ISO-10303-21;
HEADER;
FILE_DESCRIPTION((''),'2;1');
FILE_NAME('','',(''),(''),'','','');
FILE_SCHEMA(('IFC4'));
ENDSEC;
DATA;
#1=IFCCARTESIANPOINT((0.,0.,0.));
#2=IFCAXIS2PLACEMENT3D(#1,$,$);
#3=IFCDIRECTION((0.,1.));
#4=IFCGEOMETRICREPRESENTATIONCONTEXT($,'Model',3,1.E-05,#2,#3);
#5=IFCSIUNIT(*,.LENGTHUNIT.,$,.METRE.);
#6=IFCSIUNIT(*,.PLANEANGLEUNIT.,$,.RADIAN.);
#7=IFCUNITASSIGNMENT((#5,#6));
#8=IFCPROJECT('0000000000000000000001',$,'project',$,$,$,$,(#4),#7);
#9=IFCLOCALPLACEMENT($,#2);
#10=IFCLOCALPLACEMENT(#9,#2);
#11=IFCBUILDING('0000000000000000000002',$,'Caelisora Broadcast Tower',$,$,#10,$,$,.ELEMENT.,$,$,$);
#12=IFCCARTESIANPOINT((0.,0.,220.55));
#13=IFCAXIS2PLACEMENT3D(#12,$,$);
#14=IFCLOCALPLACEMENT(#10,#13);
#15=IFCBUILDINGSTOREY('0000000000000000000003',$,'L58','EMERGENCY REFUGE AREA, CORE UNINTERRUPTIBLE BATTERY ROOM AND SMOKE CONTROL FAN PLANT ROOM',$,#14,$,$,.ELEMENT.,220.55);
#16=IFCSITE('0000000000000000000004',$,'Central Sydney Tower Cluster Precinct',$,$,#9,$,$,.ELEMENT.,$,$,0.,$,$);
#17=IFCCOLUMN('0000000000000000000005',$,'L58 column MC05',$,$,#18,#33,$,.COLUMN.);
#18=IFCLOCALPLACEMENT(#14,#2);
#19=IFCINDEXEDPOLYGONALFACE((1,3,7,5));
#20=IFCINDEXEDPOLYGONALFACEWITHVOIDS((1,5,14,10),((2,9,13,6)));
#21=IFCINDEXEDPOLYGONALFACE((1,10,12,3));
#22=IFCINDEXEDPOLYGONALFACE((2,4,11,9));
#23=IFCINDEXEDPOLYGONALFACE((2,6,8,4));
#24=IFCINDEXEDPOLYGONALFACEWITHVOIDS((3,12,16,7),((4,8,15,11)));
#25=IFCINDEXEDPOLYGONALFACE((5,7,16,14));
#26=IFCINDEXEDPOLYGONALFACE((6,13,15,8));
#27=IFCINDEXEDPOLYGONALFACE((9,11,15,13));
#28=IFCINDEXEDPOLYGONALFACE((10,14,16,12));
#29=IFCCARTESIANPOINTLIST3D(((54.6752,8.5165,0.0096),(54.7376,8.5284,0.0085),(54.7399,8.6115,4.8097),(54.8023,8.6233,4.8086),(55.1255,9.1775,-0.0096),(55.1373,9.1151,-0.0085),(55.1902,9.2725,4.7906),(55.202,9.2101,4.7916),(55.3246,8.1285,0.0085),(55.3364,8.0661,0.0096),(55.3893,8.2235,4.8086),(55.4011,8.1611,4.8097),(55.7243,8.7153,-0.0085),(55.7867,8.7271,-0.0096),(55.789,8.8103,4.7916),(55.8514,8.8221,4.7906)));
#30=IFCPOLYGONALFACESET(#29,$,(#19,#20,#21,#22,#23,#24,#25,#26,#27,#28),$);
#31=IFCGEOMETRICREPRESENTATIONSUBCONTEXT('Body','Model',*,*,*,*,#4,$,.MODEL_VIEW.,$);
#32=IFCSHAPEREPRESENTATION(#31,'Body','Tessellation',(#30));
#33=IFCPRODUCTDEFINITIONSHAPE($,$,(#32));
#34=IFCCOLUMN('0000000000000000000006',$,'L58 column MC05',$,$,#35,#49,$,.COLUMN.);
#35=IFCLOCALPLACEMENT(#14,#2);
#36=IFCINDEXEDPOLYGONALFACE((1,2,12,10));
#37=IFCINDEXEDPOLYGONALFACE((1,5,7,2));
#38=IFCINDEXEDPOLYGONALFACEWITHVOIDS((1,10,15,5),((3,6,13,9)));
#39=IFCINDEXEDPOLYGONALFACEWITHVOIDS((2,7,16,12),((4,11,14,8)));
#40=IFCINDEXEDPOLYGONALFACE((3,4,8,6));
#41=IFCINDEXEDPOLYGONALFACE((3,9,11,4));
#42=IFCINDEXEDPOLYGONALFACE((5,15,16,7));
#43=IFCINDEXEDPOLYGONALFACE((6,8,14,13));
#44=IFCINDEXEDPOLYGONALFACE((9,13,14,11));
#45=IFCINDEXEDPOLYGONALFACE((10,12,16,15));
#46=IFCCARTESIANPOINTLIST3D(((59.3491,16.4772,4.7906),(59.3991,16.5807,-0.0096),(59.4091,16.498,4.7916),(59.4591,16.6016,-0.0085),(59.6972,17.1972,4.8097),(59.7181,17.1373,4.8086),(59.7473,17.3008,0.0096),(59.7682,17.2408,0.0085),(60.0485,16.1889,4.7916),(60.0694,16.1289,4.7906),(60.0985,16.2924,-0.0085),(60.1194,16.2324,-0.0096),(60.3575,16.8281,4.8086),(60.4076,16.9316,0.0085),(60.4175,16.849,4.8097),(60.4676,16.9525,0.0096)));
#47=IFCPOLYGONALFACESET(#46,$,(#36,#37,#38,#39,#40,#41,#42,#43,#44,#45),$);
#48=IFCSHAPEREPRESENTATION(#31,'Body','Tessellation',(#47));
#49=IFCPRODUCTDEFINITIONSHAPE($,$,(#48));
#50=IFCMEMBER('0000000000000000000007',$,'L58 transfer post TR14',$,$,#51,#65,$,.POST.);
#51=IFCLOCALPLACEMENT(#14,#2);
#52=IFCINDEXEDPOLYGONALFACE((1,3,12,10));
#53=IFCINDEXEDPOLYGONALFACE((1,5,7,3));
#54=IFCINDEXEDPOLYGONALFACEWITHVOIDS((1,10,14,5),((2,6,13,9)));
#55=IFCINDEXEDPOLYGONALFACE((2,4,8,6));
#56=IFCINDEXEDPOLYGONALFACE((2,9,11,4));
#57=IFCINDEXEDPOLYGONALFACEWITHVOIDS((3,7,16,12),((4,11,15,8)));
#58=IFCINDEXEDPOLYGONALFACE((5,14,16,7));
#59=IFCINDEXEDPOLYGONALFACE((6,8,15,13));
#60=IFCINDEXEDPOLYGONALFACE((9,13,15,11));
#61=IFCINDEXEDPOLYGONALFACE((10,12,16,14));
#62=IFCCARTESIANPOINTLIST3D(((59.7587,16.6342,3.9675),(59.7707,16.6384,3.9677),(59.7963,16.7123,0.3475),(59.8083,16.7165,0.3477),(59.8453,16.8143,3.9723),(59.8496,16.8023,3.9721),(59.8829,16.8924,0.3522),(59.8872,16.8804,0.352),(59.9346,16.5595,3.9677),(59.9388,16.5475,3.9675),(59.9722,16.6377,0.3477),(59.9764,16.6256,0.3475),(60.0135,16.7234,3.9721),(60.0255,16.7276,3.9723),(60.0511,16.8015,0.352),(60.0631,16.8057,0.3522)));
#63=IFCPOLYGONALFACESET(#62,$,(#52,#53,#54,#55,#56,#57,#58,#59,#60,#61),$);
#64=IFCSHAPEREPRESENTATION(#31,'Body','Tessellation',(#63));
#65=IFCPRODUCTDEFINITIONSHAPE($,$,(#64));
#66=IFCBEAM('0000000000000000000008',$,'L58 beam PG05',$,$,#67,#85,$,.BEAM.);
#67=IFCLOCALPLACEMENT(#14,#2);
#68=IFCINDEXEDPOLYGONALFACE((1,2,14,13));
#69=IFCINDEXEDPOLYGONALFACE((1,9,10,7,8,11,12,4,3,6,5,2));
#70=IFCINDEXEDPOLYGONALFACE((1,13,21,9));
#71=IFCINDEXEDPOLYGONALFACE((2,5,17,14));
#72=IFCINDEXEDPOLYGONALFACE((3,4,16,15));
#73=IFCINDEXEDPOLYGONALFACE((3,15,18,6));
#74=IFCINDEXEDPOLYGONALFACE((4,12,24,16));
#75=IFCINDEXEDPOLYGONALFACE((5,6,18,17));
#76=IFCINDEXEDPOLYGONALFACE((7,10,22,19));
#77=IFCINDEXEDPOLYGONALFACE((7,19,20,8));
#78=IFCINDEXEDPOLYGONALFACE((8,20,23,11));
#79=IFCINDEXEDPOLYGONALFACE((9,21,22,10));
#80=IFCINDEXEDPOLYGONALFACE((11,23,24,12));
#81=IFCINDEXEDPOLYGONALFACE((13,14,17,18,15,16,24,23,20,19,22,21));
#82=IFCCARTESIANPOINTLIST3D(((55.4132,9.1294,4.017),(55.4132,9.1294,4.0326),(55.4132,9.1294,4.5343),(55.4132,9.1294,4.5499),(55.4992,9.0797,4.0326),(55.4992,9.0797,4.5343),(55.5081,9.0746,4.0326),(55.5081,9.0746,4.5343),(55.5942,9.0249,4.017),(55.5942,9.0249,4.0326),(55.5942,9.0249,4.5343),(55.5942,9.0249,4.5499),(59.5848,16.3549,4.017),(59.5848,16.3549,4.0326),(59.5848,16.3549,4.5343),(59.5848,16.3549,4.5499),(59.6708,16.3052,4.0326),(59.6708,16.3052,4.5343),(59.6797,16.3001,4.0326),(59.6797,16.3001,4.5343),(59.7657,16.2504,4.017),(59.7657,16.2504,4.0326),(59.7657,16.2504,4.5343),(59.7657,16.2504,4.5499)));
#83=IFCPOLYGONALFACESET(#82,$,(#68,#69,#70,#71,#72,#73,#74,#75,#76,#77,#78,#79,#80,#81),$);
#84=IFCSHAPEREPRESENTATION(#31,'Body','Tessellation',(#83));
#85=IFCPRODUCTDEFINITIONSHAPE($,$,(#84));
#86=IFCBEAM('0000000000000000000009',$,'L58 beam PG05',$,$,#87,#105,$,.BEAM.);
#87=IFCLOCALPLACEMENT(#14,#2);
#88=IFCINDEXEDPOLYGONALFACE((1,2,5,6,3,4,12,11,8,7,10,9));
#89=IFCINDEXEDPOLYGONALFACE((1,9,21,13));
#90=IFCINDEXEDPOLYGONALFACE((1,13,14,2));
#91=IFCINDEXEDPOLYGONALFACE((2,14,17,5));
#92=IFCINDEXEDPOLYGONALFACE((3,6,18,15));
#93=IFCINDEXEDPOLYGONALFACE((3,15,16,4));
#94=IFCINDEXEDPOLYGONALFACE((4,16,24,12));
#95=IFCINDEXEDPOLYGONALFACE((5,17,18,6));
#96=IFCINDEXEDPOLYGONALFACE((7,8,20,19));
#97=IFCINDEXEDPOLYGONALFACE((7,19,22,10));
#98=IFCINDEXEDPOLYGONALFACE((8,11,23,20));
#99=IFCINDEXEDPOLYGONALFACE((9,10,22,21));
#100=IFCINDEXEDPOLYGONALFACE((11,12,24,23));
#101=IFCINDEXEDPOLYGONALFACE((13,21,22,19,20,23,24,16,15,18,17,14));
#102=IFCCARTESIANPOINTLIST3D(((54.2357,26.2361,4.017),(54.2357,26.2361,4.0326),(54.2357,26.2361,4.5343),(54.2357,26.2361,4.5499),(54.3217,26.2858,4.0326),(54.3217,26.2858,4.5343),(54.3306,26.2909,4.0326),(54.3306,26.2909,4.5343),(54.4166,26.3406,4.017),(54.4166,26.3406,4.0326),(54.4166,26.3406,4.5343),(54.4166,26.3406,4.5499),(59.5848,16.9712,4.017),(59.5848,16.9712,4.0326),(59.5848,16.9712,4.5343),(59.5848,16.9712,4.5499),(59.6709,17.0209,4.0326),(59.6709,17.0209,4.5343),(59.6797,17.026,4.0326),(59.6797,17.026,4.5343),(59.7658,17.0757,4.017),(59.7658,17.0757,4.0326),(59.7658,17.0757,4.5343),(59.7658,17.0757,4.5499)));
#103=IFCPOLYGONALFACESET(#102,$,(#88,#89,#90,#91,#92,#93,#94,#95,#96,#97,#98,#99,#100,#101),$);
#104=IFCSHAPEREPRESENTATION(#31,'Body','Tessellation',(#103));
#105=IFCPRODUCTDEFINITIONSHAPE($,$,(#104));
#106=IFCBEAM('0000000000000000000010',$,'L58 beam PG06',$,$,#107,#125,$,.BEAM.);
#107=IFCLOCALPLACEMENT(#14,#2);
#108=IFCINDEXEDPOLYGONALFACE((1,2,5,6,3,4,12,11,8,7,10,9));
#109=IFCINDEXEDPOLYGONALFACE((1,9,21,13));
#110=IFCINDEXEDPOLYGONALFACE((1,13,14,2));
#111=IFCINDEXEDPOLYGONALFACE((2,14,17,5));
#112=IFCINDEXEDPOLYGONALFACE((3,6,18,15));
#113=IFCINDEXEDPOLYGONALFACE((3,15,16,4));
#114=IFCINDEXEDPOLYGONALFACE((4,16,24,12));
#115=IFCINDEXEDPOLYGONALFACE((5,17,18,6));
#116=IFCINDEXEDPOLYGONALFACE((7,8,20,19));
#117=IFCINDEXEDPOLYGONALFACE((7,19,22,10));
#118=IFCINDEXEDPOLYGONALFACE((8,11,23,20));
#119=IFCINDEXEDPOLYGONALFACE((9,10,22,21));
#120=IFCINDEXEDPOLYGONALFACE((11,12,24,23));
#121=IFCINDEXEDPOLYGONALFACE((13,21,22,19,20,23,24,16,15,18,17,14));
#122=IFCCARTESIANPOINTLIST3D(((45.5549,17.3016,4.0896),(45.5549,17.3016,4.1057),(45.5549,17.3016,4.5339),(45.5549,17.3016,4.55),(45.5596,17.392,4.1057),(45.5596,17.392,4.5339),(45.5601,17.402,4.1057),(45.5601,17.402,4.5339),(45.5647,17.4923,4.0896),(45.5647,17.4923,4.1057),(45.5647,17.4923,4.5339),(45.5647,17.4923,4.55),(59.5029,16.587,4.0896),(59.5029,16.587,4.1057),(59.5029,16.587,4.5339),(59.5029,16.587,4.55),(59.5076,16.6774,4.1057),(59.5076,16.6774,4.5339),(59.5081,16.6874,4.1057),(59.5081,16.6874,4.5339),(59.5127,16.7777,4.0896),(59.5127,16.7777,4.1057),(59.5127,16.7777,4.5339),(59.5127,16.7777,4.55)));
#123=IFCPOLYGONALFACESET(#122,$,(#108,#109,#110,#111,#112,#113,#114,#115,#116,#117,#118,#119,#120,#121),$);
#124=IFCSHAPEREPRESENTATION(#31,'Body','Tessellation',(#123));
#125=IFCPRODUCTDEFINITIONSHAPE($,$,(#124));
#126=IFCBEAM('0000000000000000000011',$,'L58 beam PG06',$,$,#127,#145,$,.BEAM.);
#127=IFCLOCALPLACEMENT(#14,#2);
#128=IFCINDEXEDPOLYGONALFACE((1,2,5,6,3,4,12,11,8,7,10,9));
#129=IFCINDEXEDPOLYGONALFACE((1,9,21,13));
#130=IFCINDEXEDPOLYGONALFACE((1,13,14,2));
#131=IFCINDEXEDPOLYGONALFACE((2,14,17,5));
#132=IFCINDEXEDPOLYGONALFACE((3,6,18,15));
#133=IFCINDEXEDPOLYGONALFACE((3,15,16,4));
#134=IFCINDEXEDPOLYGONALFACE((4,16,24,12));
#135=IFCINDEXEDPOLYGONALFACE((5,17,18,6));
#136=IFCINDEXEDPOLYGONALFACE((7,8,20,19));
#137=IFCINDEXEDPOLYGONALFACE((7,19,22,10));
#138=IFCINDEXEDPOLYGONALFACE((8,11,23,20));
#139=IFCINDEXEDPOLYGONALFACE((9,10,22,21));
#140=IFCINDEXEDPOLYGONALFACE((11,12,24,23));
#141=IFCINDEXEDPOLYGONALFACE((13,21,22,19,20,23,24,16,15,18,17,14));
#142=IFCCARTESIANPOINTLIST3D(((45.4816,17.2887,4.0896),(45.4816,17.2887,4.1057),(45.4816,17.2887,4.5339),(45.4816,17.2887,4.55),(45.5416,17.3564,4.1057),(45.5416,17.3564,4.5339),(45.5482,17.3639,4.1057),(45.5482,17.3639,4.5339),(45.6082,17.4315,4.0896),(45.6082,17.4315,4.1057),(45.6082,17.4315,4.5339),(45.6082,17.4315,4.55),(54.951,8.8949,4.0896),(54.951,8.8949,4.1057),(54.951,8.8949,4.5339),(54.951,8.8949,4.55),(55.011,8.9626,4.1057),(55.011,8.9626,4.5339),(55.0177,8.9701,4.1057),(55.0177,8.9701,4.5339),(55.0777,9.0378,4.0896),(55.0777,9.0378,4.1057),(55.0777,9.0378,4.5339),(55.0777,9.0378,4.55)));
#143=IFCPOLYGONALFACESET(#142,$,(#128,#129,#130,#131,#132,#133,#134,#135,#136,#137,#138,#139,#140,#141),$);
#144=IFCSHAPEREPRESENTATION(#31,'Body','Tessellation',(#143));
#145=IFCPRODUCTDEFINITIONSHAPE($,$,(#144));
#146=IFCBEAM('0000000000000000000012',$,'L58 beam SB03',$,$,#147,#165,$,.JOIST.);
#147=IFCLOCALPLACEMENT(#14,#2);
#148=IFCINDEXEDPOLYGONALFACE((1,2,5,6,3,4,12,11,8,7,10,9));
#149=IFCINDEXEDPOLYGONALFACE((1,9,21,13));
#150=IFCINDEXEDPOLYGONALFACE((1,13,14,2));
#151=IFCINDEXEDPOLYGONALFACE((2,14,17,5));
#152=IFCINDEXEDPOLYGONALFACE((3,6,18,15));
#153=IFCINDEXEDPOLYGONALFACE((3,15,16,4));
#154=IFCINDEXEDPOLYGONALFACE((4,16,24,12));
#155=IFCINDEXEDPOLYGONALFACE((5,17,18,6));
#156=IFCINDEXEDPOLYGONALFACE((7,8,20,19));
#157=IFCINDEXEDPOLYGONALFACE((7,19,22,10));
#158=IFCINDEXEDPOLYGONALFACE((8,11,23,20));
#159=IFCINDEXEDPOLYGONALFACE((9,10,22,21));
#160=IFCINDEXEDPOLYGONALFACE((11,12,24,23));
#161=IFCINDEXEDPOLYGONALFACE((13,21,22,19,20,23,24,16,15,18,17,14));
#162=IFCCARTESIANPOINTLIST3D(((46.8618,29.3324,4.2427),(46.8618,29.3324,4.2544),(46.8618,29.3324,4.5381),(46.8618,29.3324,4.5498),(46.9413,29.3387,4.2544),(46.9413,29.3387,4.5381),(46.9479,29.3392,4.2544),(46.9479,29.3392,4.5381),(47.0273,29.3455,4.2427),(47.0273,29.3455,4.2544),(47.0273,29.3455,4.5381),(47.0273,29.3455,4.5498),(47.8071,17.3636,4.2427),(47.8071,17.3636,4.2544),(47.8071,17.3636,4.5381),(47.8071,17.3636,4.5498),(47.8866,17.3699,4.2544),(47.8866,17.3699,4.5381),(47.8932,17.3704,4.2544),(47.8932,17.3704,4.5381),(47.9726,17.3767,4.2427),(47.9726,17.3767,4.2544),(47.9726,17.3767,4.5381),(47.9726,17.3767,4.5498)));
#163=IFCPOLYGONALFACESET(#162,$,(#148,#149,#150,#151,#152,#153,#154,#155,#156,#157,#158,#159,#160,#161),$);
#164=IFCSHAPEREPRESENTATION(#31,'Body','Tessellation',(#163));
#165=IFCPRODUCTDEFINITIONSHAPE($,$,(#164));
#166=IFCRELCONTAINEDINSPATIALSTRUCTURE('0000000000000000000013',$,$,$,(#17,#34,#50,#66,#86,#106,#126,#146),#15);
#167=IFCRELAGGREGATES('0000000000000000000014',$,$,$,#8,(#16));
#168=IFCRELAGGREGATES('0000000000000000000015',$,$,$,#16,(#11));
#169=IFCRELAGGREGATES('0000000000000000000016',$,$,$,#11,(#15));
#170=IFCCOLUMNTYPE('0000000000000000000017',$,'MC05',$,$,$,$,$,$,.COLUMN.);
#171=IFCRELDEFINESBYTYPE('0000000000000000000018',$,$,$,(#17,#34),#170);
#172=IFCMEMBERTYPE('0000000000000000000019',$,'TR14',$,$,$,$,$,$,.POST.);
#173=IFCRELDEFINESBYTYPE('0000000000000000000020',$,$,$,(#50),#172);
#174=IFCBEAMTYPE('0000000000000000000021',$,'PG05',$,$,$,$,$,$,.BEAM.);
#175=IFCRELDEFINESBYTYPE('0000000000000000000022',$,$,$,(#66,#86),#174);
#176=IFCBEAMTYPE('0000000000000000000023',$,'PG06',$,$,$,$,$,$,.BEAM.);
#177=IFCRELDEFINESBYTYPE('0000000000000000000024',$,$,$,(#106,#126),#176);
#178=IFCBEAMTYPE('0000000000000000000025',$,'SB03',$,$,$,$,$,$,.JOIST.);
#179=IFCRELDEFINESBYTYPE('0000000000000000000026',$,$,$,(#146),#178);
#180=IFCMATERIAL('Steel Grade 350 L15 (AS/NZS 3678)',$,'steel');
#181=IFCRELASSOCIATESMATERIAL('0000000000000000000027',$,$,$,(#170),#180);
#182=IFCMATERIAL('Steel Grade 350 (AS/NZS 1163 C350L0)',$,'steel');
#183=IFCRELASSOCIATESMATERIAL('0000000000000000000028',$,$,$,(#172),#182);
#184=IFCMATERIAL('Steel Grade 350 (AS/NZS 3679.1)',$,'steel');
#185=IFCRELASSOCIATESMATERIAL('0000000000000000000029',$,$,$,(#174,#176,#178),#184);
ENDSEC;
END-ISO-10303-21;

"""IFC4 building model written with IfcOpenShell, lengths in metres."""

from ifc_helpers import new_model, si_unit, direction, frame, origin, origin_2d, place, context, subcontext, project, spatial, hollow_rectangle, i_section, extrude, source, transform, mapped, material, material_profile, profile_set, type_object, type_shapes, element, save


model = new_model("IFC4")

# Units and contexts
model_context = context("Model", 3, precision=1e-05, world=origin(), true_north=direction((0.0, 1.0)))
body_context = subcontext(model_context, "Body", "Model", "MODEL_VIEW")
ifc_project = project(units=[si_unit("LENGTHUNIT", "METRE"), si_unit("PLANEANGLEUNIT", "RADIAN")], contexts=[model_context])

# Site, building, storey
site_placement = place(None, origin())
site = spatial("IfcSite", under=ifc_project, at=site_placement, Name="Central Sydney Tower Cluster Precinct", CompositionType="ELEMENT", RefElevation=0.0)
building_placement = place(site_placement, origin())
building = spatial("IfcBuilding", under=site, at=building_placement, Name="Caelisora Broadcast Tower", CompositionType="ELEMENT")
storey_placement = place(building_placement, frame((0.0, 0.0, 220.55)))
storey = spatial("IfcBuildingStorey", under=building, at=storey_placement, Name="L58", Description="EMERGENCY REFUGE AREA, CORE UNINTERRUPTIBLE BATTERY ROOM AND SMOKE CONTROL FAN PLANT ROOM", CompositionType="ELEMENT", Elevation=220.55)

# Columns
ifc_material_1 = material(Name="Steel Grade 350 L15 (AS/NZS 3678)", Category="steel")
ifc_material_profile_1 = material_profile(ifc_material_1, hollow_rectangle(XDim=0.8, YDim=0.8, WallThickness=0.0449, at=origin_2d()), Name="Steel Grade 350 L15 (AS/NZS 3678)")
ifc_profile_set_1 = profile_set([ifc_material_profile_1], Name="Steel Grade 350 L15 (AS/NZS 3678)")
column_type = type_object("IfcColumnType", Name="MC05", PredefinedType="COLUMN", material=ifc_profile_set_1)
shared_shape_1 = source(origin(), body_context, "Body", "SweptSolid", [
    extrude(hollow_rectangle(XDim=0.8, YDim=0.8, WallThickness=0.0449, at=origin_2d()), origin(), (0.0, 0.0, 1.0), 4.8015),
])
type_shapes(column_type, [shared_shape_1])
for number, where, z_axis, x_axis, name in (
    (1, (55.231, 8.6218, 0.0), (0.013475, 0.01978, 0.999714), (-0.826452, 0.563007, 0.0), "L58 column MC05"),
    (2, (59.9333, 16.7666, 0.0), (-0.010424, -0.021559, 0.999713), (0.900293, -0.435283, 0.0), "L58 column MC05"),
):
    element("IfcColumn", number, at=place(storey_placement, frame(where, z_axis=z_axis, x_axis=x_axis)), inside=storey, type_object=column_type, Name=name, PredefinedType="COLUMN", context=body_context, shape_type="MappedRepresentation", body=[
        mapped(shared_shape_1, transform((0.0, 0.0, 0.0), scale=1.0)),
    ])

# Member
ifc_material_2 = material(Name="Steel Grade 350 (AS/NZS 1163 C350L0)", Category="steel")
ifc_material_profile_2 = material_profile(ifc_material_2, hollow_rectangle(XDim=0.2, YDim=0.2, WallThickness=0.009, at=origin_2d()), Name="Steel Grade 350 (AS/NZS 1163 C350L0)")
ifc_profile_set_2 = profile_set([ifc_material_profile_2], Name="Steel Grade 350 (AS/NZS 1163 C350L0)")
member_type_1 = type_object("IfcMemberType", Name="TR14", PredefinedType="POST", material=ifc_profile_set_2)
shared_shape_2 = source(origin(), body_context, "Body", "SweptSolid", [
    extrude(hollow_rectangle(XDim=0.2, YDim=0.2, WallThickness=0.009, at=origin_2d()), origin(), (0.0, 0.0, 1.0), 3.6211),
])
type_shapes(member_type_1, [shared_shape_2])
member_1_placement = place(storey_placement, frame((59.9297, 16.759, 0.3499), z_axis=(-0.010383, -0.021575, 0.999713), x_axis=(0.901083, -0.433646, 0.0)))
element("IfcMember", 3, at=member_1_placement, inside=storey, type_object=member_type_1, Name="L58 transfer post TR14", PredefinedType="POST", context=body_context, shape_type="MappedRepresentation", body=[
    mapped(shared_shape_2, transform((0.0, 0.0, 0.0), scale=1.0)),
])

# Beams
ifc_material_3 = material(Name="Steel Grade 350 (AS/NZS 3679.1)", Category="steel")
ifc_material_profile_3 = material_profile(ifc_material_3, i_section(OverallWidth=0.209, OverallDepth=0.533, WebThickness=0.0103, FlangeThickness=0.0156, at=origin_2d()), Name="Steel Grade 350 (AS/NZS 3679.1)")
ifc_profile_set_3 = profile_set([ifc_material_profile_3], Name="Steel Grade 350 (AS/NZS 3679.1)")
beam_type_1 = type_object("IfcBeamType", Name="PG05", PredefinedType="BEAM", material=ifc_profile_set_3)
shared_shape_3 = source(origin(), body_context, "Body", "SweptSolid", [
    extrude(i_section(OverallWidth=0.209, OverallDepth=0.533, WebThickness=0.0103, FlangeThickness=0.0156, at=origin_2d()), origin(), (0.0, 0.0, 1.0), 8.3433),
])
beam_1_placement = place(storey_placement, frame((55.5037, 9.0771, 4.2834), z_axis=(0.499994, 0.866029, 0.0), x_axis=(-0.866029, 0.499994, 0.0)))
element("IfcBeam", 4, at=beam_1_placement, inside=storey, type_object=beam_type_1, Name="L58 beam PG05", PredefinedType="BEAM", context=body_context, shape_type="MappedRepresentation", body=[
    mapped(shared_shape_3, transform((0.0, 0.0, 0.0), scale=1.0)),
])
shared_shape_4 = source(origin(), body_context, "Body", "SweptSolid", [
    extrude(i_section(OverallWidth=0.209, OverallDepth=0.533, WebThickness=0.0103, FlangeThickness=0.0156, at=origin_2d()), origin(), (0.0, 0.0, 1.0), 10.6982),
])
type_shapes(beam_type_1, [shared_shape_3, shared_shape_4])
beam_2_placement = place(storey_placement, frame((59.6753, 17.0234, 4.2834), z_axis=(-0.500002, 0.866024, 0.0), x_axis=(-0.866024, -0.500002, 0.0)))
element("IfcBeam", 5, at=beam_2_placement, inside=storey, type_object=beam_type_1, Name="L58 beam PG05", PredefinedType="BEAM", context=body_context, shape_type="MappedRepresentation", body=[
    mapped(shared_shape_4, transform((0.0, 0.0, 0.0), scale=1.0)),
])
ifc_material_profile_4 = material_profile(ifc_material_3, i_section(OverallWidth=0.1909, OverallDepth=0.4604, WebThickness=0.01, FlangeThickness=0.0161, at=origin_2d()), Name="Steel Grade 350 (AS/NZS 3679.1)")
ifc_profile_set_4 = profile_set([ifc_material_profile_4], Name="Steel Grade 350 (AS/NZS 3679.1)")
beam_type_2 = type_object("IfcBeamType", Name="PG06", PredefinedType="BEAM", material=ifc_profile_set_4)
shared_shape_5 = source(origin(), body_context, "Body", "SweptSolid", [
    extrude(i_section(OverallWidth=0.1909, OverallDepth=0.4604, WebThickness=0.01, FlangeThickness=0.0161, at=origin_2d()), origin(), (0.0, 0.0, 1.0), 13.9663),
])
beam_3_placement = place(storey_placement, frame((45.5598, 17.397, 4.3198), z_axis=(0.99869, -0.051166, 0.0), x_axis=(0.051166, 0.99869, 0.0)))
element("IfcBeam", 6, at=beam_3_placement, inside=storey, type_object=beam_type_2, Name="L58 beam PG06", PredefinedType="BEAM", context=body_context, shape_type="MappedRepresentation", body=[
    mapped(shared_shape_5, transform((0.0, 0.0, 0.0), scale=1.0)),
])
shared_shape_6 = source(origin(), body_context, "Body", "SweptSolid", [
    extrude(i_section(OverallWidth=0.1909, OverallDepth=0.4604, WebThickness=0.01, FlangeThickness=0.0161, at=origin_2d()), origin(), (0.0, 0.0, 1.0), 12.6541),
])
type_shapes(beam_type_2, [shared_shape_5, shared_shape_6])
beam_4_placement = place(storey_placement, frame((45.5449, 17.3601, 4.3198), z_axis=(0.748331, -0.663325, 0.0), x_axis=(0.663325, 0.748331, 0.0)))
element("IfcBeam", 7, at=beam_4_placement, inside=storey, type_object=beam_type_2, Name="L58 beam PG06", PredefinedType="BEAM", context=body_context, shape_type="MappedRepresentation", body=[
    mapped(shared_shape_6, transform((0.0, 0.0, 0.0), scale=1.0)),
])
ifc_material_profile_5 = material_profile(ifc_material_3, i_section(OverallWidth=0.166, OverallDepth=0.3071, WebThickness=0.0066, FlangeThickness=0.0117, at=origin_2d()), Name="Steel Grade 350 (AS/NZS 3679.1)")
ifc_profile_set_5 = profile_set([ifc_material_profile_5], Name="Steel Grade 350 (AS/NZS 3679.1)")
beam_type_3 = type_object("IfcBeamType", Name="SB03", PredefinedType="JOIST", material=ifc_profile_set_5)
shared_shape_7 = source(origin(), body_context, "Body", "SweptSolid", [
    extrude(i_section(OverallWidth=0.166, OverallDepth=0.3071, WebThickness=0.0066, FlangeThickness=0.0117, at=origin_2d()), origin(), (0.0, 0.0, 1.0), 12.0061),
])
beam_5_placement = place(storey_placement, frame((47.8899, 17.3701, 4.3962), z_axis=(-0.078737, 0.996895, 0.0), x_axis=(-0.996895, -0.078737, 0.0)))
element("IfcBeam", 8, at=beam_5_placement, inside=storey, type_object=beam_type_3, Name="L58 beam SB03", PredefinedType="JOIST", context=body_context, shape_type="MappedRepresentation", body=[
    mapped(shared_shape_7, transform((0.0, 0.0, 0.0), scale=1.0)),
])

save(model, "model.ifc")
